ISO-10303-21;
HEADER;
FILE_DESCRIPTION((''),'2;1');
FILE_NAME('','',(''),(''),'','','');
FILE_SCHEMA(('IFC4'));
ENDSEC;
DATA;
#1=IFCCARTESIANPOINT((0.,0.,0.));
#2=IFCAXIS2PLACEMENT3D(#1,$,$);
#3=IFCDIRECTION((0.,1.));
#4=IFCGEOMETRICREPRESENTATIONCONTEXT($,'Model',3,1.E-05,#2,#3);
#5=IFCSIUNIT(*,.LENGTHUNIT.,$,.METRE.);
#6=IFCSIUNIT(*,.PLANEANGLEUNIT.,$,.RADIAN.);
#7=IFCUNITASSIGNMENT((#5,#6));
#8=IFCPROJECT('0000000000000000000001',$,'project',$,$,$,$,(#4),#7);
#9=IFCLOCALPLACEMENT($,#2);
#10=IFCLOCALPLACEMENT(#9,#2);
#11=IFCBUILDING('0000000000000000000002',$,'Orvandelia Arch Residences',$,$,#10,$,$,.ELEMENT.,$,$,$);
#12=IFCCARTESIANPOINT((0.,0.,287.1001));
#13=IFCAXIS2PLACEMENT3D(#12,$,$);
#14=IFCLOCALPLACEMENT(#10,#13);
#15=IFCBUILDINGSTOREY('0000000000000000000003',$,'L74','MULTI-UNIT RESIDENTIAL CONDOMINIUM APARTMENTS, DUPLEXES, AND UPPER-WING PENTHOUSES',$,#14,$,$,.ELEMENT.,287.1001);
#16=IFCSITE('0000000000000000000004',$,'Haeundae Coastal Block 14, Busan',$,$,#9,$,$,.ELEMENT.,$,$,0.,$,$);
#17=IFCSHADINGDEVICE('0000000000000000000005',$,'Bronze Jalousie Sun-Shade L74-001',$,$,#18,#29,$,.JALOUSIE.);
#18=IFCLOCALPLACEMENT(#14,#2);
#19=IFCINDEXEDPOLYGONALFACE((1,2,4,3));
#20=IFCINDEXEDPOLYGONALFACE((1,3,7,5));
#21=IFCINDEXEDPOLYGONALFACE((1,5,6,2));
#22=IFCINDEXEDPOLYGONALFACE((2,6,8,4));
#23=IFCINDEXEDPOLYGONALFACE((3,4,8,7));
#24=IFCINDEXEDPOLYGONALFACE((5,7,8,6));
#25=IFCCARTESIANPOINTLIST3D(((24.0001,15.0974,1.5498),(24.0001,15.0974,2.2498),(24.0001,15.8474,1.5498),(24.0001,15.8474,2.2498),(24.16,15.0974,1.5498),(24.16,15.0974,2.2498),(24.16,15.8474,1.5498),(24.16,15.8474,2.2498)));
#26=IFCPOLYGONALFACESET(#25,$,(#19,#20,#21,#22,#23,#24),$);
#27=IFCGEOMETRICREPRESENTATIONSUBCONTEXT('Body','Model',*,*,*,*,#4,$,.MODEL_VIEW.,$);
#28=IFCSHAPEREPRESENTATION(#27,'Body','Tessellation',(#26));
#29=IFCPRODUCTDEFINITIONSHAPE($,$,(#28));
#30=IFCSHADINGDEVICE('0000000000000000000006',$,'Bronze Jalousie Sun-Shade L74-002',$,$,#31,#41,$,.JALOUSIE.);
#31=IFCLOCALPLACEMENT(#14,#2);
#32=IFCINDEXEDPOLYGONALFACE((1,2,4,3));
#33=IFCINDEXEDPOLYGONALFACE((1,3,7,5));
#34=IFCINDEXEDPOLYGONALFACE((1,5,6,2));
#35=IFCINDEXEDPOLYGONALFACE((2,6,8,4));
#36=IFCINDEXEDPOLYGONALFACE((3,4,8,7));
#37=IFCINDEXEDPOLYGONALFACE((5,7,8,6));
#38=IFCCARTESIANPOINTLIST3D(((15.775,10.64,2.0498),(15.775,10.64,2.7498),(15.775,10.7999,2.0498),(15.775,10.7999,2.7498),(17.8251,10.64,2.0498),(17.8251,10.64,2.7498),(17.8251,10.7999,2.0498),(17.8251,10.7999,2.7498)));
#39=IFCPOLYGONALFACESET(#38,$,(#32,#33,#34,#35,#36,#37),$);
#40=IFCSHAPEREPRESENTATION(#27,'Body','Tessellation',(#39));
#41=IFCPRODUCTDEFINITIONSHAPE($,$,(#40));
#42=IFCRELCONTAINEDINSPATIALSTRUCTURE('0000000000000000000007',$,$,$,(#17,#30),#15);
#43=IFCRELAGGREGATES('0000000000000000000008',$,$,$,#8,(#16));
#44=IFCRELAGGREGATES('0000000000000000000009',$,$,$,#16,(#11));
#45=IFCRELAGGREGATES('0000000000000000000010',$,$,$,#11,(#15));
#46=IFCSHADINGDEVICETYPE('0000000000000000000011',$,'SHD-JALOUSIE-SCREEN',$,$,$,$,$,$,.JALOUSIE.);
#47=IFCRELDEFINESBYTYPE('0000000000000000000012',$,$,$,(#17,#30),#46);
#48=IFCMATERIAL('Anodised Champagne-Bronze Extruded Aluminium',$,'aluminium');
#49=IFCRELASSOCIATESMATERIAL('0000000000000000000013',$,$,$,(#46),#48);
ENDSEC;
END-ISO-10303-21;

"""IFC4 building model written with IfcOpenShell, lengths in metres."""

from ifc_helpers import new_model, si_unit, direction, frame, origin, origin_2d, place, context, subcontext, project, spatial, rectangle, extrude, material, type_object, element, save


model = new_model("IFC4")

# Units and contexts
model_context = context("Model", 3, precision=1e-05, world=origin(), true_north=direction((0.0, 1.0)))
body_context = subcontext(model_context, "Body", "Model", "MODEL_VIEW")
ifc_project = project(units=[si_unit("LENGTHUNIT", "METRE"), si_unit("PLANEANGLEUNIT", "RADIAN")], contexts=[model_context])

# Site, building, storey
site_placement = place(None, origin())
site = spatial("IfcSite", under=ifc_project, at=site_placement, Name="Haeundae Coastal Block 14, Busan", CompositionType="ELEMENT", RefElevation=0.0)
building_placement = place(site_placement, origin())
building = spatial("IfcBuilding", under=site, at=building_placement, Name="Orvandelia Arch Residences", CompositionType="ELEMENT")
storey_placement = place(building_placement, frame((0.0, 0.0, 287.1001)))
storey = spatial("IfcBuildingStorey", under=building, at=storey_placement, Name="L74", Description="MULTI-UNIT RESIDENTIAL CONDOMINIUM APARTMENTS, DUPLEXES, AND UPPER-WING PENTHOUSES", CompositionType="ELEMENT", Elevation=287.1001)

# Shading devices
ifc_material_1 = material(Name="Anodised Champagne-Bronze Extruded Aluminium", Category="aluminium")
shading_device_type = type_object("IfcShadingDeviceType", Name="SHD-JALOUSIE-SCREEN", PredefinedType="JALOUSIE", material=ifc_material_1)
shading_device_1_placement = place(storey_placement, frame((24.0801, 15.4724, 1.5498), z_axis=(0.0, 0.0, 1.0), x_axis=(0.0, -1.0, 0.0)))
element("IfcShadingDevice", 1, at=shading_device_1_placement, inside=storey, type_object=shading_device_type, Name="Bronze Jalousie Sun-Shade L74-001", PredefinedType="JALOUSIE", context=body_context, shape_type="SweptSolid", body=[
    extrude(rectangle(XDim=0.75, YDim=0.1599, at=origin_2d()), origin(), (0.0, 0.0, 1.0), 0.7),
])
shading_device_2_placement = place(storey_placement, frame((16.8, 10.72, 2.0498), z_axis=(0.0, 0.0, 1.0), x_axis=(-1.0, 0.0, 0.0)))
element("IfcShadingDevice", 2, at=shading_device_2_placement, inside=storey, type_object=shading_device_type, Name="Bronze Jalousie Sun-Shade L74-002", PredefinedType="JALOUSIE", context=body_context, shape_type="SweptSolid", body=[
    extrude(rectangle(XDim=2.05, YDim=0.1599, at=origin_2d()), origin(), (0.0, 0.0, 1.0), 0.7),
])

save(model, "model.ifc")
